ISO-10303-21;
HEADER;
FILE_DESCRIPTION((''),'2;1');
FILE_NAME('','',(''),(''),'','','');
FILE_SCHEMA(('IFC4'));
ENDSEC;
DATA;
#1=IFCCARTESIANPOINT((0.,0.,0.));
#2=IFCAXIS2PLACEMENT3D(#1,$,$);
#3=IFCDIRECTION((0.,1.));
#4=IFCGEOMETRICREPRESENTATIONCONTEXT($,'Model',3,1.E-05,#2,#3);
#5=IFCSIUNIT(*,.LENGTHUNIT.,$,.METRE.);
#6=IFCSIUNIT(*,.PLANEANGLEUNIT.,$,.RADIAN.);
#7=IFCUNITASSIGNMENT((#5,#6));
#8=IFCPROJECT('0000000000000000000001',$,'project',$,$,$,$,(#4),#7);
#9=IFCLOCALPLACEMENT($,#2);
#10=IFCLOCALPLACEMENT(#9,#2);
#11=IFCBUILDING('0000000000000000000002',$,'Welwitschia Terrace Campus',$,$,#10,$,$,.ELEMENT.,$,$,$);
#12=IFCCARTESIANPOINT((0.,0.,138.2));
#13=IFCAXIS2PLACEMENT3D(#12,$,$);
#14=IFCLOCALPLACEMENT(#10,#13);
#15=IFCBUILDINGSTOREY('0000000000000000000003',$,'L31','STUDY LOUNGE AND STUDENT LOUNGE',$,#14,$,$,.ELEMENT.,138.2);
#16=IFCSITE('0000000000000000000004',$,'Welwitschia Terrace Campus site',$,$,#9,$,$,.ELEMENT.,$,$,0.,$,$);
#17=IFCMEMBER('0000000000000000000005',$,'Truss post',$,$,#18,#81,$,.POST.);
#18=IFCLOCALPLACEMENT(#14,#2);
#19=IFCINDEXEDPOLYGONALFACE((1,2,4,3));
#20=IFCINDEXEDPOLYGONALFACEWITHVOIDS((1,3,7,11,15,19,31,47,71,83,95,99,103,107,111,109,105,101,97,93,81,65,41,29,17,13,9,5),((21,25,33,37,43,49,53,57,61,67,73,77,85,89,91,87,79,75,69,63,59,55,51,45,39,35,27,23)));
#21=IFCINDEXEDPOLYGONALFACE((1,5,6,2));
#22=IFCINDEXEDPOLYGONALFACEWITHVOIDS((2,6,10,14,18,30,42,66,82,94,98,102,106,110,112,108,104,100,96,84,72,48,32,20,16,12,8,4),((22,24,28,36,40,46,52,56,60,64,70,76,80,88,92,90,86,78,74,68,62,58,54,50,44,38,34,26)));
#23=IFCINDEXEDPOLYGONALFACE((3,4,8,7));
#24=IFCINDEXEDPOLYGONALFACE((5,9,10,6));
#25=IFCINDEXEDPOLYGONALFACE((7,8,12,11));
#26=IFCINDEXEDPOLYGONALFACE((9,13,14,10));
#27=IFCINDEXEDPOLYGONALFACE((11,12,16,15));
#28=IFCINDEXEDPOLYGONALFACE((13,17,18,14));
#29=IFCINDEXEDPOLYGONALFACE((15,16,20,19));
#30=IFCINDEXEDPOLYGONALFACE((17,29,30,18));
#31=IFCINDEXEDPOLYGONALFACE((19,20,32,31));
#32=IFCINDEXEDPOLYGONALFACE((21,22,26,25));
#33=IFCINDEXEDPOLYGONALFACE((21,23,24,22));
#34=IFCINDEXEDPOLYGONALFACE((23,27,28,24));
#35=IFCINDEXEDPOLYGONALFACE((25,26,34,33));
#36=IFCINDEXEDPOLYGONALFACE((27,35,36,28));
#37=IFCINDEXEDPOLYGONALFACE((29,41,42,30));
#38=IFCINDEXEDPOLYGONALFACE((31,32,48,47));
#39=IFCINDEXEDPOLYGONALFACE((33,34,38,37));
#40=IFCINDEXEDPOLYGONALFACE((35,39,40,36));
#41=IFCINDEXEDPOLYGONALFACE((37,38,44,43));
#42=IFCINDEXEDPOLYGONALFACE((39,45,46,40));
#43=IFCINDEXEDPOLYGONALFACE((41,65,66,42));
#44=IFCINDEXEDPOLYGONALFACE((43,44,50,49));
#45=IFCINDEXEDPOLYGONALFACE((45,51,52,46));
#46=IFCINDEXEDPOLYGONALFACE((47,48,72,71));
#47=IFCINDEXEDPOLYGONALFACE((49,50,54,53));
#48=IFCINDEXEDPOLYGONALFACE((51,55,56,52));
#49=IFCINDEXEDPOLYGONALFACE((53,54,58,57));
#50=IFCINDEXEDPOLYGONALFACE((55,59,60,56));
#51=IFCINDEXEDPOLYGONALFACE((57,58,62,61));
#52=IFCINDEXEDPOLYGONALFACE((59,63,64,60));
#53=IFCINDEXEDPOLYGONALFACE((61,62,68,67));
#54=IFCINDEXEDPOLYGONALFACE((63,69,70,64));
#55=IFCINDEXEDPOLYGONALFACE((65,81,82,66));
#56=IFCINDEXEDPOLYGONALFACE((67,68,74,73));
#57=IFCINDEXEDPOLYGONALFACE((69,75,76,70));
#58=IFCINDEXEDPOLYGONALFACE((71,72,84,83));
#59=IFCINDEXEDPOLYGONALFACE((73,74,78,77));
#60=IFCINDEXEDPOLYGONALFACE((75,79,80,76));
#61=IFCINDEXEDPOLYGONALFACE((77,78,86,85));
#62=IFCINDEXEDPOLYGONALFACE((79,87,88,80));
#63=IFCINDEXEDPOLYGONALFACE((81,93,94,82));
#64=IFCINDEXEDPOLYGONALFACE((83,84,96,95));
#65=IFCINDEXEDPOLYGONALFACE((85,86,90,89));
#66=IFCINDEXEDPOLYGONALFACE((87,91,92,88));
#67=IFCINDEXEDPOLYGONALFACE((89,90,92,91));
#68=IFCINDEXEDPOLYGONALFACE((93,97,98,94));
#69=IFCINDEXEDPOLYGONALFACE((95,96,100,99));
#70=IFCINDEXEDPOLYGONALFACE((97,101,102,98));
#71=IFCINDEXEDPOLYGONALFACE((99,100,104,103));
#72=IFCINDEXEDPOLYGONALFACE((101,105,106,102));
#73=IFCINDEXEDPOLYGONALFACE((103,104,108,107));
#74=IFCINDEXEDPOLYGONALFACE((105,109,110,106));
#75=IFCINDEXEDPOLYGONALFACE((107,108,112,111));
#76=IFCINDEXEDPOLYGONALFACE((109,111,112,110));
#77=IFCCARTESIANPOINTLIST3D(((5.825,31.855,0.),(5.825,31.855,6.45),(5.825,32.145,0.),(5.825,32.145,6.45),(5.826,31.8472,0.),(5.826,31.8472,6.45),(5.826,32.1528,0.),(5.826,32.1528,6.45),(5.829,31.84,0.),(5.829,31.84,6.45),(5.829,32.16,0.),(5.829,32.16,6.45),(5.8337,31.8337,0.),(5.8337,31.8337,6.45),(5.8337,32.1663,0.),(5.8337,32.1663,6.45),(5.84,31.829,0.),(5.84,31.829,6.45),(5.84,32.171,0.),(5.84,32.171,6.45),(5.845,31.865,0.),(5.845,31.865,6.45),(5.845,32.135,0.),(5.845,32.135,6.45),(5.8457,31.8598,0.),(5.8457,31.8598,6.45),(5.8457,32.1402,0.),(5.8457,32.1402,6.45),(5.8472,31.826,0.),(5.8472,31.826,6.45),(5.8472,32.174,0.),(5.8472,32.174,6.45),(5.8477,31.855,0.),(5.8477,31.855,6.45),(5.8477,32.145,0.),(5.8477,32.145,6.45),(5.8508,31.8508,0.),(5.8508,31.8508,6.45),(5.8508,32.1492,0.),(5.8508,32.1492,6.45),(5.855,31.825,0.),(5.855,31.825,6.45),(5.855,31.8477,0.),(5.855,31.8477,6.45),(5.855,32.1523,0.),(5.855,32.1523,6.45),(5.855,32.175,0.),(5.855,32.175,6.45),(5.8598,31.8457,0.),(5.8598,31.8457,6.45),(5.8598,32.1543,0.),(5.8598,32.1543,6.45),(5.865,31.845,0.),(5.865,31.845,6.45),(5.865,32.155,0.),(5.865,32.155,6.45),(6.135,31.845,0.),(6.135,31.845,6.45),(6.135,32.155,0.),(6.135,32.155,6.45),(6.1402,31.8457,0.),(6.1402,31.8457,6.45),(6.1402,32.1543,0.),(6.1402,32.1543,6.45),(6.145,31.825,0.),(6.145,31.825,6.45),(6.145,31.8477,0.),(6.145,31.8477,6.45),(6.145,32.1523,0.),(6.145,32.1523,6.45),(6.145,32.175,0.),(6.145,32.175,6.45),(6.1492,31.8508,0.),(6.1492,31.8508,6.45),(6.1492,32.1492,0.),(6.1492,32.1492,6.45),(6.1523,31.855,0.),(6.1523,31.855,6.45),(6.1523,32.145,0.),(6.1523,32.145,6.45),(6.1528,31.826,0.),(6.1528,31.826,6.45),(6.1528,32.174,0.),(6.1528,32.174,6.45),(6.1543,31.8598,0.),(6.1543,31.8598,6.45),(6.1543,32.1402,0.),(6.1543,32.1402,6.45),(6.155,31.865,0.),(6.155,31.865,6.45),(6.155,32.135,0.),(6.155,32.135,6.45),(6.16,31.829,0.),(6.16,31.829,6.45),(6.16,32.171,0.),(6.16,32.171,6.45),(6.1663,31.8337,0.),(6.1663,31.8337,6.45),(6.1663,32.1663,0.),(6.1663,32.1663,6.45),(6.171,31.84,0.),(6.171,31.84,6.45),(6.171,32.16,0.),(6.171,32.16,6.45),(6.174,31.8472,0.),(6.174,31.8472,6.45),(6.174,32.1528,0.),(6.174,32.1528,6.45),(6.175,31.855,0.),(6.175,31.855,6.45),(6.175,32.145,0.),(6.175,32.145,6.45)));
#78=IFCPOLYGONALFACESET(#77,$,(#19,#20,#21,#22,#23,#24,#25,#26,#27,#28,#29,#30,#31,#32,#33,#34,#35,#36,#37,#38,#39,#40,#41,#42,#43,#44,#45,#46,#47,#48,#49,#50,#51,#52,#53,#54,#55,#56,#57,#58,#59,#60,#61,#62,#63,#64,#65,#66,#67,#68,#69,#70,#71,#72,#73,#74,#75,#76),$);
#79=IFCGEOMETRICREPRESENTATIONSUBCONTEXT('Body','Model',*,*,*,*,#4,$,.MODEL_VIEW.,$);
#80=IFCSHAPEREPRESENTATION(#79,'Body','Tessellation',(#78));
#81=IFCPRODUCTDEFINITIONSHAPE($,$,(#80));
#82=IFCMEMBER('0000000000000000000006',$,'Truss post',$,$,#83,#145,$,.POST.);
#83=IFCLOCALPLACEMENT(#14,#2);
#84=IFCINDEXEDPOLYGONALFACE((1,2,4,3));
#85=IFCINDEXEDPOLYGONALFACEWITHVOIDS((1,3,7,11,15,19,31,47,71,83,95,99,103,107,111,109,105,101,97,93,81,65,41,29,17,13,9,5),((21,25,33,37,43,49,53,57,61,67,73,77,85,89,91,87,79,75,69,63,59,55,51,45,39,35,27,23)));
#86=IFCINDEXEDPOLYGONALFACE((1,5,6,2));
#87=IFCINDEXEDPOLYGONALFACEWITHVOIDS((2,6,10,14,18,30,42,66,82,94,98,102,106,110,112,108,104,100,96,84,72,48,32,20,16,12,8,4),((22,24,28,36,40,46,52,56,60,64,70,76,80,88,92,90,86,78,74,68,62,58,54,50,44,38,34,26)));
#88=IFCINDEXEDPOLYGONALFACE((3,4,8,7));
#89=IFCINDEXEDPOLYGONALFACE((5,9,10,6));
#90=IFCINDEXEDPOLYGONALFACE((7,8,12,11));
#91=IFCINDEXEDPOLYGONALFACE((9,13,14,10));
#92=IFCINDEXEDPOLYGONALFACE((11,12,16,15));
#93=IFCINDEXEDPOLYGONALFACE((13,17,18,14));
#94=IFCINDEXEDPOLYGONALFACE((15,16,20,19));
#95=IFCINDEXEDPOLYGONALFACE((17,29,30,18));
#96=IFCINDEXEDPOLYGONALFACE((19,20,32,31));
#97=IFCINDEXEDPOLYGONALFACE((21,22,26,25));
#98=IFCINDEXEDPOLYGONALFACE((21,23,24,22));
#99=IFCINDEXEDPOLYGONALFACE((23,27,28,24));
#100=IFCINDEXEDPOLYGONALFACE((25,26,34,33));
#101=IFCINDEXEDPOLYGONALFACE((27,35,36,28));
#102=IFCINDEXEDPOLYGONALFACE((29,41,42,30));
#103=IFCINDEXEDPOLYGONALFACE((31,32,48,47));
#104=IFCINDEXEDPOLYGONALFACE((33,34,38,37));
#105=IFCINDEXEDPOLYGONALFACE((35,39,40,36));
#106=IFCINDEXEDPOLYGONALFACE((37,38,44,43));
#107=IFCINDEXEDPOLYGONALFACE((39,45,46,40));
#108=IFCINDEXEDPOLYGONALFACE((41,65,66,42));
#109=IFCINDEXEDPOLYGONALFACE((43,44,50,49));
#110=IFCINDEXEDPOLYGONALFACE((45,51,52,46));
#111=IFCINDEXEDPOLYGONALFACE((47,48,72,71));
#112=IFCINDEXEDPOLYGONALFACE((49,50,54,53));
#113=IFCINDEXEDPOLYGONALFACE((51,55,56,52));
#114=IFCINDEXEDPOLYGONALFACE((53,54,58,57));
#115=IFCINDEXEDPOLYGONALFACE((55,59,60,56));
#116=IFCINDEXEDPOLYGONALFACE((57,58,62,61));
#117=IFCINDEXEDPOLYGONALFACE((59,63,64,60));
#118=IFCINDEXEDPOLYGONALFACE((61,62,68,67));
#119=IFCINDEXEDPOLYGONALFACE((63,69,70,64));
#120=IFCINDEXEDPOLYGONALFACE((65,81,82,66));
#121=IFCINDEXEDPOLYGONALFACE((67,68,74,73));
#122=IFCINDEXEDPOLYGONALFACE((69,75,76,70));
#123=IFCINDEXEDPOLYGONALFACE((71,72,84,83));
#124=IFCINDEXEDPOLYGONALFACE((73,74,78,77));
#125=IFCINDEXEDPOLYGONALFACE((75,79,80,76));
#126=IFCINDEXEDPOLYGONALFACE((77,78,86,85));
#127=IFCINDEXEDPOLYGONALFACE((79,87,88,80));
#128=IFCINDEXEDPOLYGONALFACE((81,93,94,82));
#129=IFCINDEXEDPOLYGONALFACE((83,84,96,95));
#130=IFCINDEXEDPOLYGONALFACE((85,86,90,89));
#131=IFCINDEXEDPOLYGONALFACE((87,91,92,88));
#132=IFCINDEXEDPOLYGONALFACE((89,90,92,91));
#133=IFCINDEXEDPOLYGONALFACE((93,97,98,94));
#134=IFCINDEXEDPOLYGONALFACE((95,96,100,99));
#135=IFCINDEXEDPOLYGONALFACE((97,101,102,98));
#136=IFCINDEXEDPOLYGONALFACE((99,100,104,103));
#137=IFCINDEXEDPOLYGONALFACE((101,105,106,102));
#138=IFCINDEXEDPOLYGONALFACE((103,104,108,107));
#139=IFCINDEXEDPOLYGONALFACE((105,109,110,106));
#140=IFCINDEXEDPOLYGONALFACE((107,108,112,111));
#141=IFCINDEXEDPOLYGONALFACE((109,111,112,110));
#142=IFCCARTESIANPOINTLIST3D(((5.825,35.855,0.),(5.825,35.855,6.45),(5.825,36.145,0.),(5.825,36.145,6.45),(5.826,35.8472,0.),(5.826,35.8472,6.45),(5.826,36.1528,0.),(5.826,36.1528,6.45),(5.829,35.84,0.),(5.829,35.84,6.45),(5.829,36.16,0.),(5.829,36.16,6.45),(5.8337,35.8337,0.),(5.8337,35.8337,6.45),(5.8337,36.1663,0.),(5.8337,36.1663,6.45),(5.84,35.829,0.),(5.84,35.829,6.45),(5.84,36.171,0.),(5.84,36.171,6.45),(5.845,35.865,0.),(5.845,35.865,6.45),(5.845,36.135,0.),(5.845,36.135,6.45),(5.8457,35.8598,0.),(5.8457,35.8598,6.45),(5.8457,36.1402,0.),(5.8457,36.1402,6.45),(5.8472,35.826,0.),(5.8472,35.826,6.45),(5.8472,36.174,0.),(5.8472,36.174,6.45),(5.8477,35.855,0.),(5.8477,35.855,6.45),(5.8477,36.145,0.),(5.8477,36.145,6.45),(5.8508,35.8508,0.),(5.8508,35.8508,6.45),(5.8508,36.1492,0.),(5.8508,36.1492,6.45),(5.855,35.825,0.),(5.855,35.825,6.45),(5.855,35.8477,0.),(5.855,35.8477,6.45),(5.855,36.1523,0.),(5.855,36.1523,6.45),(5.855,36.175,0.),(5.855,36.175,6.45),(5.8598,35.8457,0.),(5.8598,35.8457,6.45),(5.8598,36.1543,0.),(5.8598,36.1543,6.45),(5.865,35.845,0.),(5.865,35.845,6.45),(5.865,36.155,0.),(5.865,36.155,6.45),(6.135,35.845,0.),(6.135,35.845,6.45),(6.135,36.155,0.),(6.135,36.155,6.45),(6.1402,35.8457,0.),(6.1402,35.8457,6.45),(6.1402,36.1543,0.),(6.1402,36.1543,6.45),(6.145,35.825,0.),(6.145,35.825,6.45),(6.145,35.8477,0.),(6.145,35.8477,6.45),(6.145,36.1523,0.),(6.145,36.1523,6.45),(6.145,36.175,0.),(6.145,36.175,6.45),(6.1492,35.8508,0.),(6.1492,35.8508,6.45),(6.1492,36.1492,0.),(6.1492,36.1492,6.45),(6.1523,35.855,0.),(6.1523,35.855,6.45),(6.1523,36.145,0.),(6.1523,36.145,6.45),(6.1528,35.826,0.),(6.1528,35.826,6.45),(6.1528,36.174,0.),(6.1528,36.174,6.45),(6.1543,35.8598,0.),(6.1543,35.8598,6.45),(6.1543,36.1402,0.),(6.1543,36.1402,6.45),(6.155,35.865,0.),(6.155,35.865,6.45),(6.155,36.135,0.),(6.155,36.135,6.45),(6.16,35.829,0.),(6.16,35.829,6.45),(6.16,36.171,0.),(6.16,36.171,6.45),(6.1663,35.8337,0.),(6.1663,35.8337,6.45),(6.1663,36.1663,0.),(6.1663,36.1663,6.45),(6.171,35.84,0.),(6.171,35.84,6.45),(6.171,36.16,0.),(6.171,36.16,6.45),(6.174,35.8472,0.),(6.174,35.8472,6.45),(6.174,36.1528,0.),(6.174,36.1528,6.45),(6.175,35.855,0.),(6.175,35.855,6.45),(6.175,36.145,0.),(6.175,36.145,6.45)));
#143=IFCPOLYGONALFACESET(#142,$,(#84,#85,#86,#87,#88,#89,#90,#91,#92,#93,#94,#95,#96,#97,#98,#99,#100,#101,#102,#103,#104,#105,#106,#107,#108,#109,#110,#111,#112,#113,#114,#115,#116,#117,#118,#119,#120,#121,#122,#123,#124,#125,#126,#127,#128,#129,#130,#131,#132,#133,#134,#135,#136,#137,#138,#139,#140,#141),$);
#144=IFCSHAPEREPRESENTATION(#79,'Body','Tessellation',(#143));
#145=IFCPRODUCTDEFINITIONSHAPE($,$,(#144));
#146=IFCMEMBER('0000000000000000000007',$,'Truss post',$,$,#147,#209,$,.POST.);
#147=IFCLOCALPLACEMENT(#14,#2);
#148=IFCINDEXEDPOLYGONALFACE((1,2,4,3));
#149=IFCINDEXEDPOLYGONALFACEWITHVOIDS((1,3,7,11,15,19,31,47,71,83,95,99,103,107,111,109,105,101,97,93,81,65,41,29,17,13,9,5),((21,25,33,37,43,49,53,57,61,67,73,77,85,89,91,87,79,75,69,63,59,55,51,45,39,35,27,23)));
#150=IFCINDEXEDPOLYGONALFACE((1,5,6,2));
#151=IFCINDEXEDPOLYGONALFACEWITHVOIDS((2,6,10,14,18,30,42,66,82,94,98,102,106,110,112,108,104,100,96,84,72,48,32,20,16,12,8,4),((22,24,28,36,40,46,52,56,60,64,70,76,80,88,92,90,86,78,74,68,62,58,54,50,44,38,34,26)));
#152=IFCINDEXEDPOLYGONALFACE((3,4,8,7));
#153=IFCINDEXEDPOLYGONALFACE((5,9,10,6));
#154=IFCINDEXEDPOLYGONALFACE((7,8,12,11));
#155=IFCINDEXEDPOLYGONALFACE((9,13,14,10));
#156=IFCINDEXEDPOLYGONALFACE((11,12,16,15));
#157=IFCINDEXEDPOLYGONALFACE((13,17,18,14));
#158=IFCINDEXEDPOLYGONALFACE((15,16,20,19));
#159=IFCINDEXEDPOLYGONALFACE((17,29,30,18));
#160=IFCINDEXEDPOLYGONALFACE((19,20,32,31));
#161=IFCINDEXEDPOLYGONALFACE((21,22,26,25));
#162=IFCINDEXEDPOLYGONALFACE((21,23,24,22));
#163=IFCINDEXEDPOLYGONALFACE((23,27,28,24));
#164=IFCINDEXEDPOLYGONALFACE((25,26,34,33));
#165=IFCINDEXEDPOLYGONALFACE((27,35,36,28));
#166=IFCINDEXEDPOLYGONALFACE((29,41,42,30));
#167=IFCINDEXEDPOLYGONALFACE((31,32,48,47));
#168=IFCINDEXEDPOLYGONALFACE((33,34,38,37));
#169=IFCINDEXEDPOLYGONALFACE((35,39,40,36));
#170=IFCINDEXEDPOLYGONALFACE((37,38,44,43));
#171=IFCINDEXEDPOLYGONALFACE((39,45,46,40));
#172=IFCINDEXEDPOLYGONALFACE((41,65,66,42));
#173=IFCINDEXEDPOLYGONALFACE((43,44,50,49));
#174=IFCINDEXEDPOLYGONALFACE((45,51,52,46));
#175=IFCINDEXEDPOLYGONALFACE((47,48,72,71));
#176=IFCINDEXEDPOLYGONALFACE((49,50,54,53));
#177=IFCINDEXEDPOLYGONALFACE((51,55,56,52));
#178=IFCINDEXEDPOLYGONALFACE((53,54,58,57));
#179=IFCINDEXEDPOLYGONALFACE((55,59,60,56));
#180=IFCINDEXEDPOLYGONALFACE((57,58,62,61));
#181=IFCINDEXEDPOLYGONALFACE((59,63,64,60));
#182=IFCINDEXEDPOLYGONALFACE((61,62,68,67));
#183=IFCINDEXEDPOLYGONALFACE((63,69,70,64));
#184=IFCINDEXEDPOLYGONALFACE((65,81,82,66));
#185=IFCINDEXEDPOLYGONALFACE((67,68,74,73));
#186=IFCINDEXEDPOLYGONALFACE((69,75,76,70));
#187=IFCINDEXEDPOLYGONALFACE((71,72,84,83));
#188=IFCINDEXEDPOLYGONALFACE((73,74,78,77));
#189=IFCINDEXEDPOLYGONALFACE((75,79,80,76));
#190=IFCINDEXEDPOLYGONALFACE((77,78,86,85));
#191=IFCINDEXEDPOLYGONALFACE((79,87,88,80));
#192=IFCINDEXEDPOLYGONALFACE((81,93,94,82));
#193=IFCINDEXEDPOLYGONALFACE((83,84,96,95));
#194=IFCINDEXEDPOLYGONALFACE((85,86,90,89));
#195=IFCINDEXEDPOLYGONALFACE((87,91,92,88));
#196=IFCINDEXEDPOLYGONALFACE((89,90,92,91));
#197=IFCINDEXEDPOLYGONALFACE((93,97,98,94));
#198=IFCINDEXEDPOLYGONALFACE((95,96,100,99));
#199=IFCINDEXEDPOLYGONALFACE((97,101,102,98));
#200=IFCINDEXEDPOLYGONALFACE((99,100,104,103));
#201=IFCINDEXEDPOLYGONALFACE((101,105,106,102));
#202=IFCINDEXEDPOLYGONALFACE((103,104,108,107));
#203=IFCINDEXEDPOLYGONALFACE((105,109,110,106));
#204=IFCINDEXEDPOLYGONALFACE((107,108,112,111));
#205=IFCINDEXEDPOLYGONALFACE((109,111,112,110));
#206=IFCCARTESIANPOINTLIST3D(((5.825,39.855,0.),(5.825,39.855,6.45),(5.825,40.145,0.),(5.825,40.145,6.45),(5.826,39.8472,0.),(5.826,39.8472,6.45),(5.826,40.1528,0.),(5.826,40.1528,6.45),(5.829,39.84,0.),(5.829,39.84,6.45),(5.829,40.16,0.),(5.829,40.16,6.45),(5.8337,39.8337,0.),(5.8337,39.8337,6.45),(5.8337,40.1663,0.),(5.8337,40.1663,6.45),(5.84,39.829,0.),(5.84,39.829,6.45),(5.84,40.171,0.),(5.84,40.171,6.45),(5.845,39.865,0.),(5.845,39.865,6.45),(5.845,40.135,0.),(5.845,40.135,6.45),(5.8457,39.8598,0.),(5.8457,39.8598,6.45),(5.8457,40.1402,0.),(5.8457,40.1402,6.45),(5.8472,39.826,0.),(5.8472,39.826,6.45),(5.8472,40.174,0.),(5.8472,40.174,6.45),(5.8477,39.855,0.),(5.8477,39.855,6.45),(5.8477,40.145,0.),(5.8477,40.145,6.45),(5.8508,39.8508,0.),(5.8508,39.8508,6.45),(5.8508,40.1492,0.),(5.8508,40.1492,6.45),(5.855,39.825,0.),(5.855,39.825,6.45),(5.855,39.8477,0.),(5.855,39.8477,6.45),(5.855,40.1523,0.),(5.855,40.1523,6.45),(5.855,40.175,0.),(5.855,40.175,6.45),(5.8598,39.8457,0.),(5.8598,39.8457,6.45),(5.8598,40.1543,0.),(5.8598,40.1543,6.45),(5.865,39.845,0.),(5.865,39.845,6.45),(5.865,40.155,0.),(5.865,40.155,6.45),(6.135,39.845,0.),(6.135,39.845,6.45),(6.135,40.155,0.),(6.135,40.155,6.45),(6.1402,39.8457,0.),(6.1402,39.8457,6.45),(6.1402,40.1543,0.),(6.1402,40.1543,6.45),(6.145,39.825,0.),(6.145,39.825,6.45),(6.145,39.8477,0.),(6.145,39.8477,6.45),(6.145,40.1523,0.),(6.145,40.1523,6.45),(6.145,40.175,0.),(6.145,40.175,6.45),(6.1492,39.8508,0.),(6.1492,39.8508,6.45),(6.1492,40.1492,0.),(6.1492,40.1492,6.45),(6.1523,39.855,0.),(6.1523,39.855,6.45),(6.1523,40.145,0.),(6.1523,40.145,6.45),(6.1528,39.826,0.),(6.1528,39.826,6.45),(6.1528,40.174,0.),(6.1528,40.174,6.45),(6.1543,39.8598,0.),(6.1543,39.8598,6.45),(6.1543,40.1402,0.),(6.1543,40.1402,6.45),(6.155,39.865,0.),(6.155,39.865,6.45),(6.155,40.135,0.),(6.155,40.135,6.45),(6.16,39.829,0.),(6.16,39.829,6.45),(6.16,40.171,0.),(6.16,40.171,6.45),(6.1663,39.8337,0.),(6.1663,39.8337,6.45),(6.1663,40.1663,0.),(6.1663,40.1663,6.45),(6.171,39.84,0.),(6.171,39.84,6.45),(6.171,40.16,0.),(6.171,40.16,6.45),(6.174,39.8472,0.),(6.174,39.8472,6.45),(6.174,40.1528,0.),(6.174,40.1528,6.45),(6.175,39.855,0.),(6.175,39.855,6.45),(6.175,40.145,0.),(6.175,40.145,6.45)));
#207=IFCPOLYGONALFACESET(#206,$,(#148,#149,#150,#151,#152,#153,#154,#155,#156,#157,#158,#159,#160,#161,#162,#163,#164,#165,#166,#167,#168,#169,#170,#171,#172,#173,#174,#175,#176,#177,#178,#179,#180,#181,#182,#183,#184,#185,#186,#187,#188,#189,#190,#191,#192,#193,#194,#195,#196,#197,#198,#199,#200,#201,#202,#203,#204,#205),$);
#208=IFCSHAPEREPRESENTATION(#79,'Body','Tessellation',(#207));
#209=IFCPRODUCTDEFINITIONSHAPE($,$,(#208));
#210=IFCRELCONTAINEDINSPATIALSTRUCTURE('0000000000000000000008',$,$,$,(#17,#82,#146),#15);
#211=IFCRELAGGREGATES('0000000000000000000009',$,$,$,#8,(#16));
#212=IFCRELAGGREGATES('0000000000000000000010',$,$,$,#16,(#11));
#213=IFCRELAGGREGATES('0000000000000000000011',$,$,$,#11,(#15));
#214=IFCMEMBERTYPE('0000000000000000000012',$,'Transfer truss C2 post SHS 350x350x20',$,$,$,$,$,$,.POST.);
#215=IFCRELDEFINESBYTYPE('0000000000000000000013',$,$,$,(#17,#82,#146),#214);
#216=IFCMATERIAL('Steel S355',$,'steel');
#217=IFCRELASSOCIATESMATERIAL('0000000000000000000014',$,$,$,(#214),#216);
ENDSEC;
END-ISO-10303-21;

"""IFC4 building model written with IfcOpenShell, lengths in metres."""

from ifc_helpers import new_model, si_unit, direction, frame, origin, origin_2d, place, context, subcontext, project, spatial, hollow_rectangle, extrude, material, material_profile, profile_set, type_object, element, save


model = new_model("IFC4")

# Units and contexts
model_context = context("Model", 3, precision=1e-05, world=origin(), true_north=direction((0.0, 1.0)))
body_context = subcontext(model_context, "Body", "Model", "MODEL_VIEW")
ifc_project = project(units=[si_unit("LENGTHUNIT", "METRE"), si_unit("PLANEANGLEUNIT", "RADIAN")], contexts=[model_context])

# Site, building, storey
site_placement = place(None, origin())
site = spatial("IfcSite", under=ifc_project, at=site_placement, Name="Welwitschia Terrace Campus site", CompositionType="ELEMENT", RefElevation=0.0)
building_placement = place(site_placement, origin())
building = spatial("IfcBuilding", under=site, at=building_placement, Name="Welwitschia Terrace Campus", CompositionType="ELEMENT")
storey_placement = place(building_placement, frame((0.0, 0.0, 138.2)))
storey = spatial("IfcBuildingStorey", under=building, at=storey_placement, Name="L31", Description="STUDY LOUNGE AND STUDENT LOUNGE", CompositionType="ELEMENT", Elevation=138.2)

# Members
ifc_material_1 = material(Name="Steel S355", Category="steel")
ifc_material_profile_1 = material_profile(ifc_material_1, hollow_rectangle(XDim=0.3501, YDim=0.3501, WallThickness=0.02, InnerFilletRadius=0.02, OuterFilletRadius=0.03, at=origin_2d()))
ifc_profile_set_1 = profile_set([ifc_material_profile_1], Name="Steel S355")
member_type_1 = type_object("IfcMemberType", Name="Transfer truss C2 post SHS 350x350x20", PredefinedType="POST", material=ifc_profile_set_1)
for number, where, z_axis, x_axis, name in (
    (1, (6.0, 32.0, 0.0), (0.0, 0.0, 1.0), (1.0, 0.0, 0.0), "Truss post"),
    (2, (6.0, 36.0, 0.0), (0.0, 0.0, 1.0), (1.0, 0.0, 0.0), "Truss post"),
    (3, (6.0, 40.0, 0.0), (0.0, 0.0, 1.0), (1.0, 0.0, 0.0), "Truss post"),
):
    element("IfcMember", number, at=place(storey_placement, frame(where, z_axis=z_axis, x_axis=x_axis)), inside=storey, type_object=member_type_1, Name=name, PredefinedType="POST", context=body_context, shape_type="SweptSolid", body=[
        extrude(hollow_rectangle(XDim=0.3501, YDim=0.3501, WallThickness=0.02, InnerFilletRadius=0.02, OuterFilletRadius=0.03, at=origin_2d()), origin(), (0.0, 0.0, 1.0), 6.45),
    ])

save(model, "model.ifc")
